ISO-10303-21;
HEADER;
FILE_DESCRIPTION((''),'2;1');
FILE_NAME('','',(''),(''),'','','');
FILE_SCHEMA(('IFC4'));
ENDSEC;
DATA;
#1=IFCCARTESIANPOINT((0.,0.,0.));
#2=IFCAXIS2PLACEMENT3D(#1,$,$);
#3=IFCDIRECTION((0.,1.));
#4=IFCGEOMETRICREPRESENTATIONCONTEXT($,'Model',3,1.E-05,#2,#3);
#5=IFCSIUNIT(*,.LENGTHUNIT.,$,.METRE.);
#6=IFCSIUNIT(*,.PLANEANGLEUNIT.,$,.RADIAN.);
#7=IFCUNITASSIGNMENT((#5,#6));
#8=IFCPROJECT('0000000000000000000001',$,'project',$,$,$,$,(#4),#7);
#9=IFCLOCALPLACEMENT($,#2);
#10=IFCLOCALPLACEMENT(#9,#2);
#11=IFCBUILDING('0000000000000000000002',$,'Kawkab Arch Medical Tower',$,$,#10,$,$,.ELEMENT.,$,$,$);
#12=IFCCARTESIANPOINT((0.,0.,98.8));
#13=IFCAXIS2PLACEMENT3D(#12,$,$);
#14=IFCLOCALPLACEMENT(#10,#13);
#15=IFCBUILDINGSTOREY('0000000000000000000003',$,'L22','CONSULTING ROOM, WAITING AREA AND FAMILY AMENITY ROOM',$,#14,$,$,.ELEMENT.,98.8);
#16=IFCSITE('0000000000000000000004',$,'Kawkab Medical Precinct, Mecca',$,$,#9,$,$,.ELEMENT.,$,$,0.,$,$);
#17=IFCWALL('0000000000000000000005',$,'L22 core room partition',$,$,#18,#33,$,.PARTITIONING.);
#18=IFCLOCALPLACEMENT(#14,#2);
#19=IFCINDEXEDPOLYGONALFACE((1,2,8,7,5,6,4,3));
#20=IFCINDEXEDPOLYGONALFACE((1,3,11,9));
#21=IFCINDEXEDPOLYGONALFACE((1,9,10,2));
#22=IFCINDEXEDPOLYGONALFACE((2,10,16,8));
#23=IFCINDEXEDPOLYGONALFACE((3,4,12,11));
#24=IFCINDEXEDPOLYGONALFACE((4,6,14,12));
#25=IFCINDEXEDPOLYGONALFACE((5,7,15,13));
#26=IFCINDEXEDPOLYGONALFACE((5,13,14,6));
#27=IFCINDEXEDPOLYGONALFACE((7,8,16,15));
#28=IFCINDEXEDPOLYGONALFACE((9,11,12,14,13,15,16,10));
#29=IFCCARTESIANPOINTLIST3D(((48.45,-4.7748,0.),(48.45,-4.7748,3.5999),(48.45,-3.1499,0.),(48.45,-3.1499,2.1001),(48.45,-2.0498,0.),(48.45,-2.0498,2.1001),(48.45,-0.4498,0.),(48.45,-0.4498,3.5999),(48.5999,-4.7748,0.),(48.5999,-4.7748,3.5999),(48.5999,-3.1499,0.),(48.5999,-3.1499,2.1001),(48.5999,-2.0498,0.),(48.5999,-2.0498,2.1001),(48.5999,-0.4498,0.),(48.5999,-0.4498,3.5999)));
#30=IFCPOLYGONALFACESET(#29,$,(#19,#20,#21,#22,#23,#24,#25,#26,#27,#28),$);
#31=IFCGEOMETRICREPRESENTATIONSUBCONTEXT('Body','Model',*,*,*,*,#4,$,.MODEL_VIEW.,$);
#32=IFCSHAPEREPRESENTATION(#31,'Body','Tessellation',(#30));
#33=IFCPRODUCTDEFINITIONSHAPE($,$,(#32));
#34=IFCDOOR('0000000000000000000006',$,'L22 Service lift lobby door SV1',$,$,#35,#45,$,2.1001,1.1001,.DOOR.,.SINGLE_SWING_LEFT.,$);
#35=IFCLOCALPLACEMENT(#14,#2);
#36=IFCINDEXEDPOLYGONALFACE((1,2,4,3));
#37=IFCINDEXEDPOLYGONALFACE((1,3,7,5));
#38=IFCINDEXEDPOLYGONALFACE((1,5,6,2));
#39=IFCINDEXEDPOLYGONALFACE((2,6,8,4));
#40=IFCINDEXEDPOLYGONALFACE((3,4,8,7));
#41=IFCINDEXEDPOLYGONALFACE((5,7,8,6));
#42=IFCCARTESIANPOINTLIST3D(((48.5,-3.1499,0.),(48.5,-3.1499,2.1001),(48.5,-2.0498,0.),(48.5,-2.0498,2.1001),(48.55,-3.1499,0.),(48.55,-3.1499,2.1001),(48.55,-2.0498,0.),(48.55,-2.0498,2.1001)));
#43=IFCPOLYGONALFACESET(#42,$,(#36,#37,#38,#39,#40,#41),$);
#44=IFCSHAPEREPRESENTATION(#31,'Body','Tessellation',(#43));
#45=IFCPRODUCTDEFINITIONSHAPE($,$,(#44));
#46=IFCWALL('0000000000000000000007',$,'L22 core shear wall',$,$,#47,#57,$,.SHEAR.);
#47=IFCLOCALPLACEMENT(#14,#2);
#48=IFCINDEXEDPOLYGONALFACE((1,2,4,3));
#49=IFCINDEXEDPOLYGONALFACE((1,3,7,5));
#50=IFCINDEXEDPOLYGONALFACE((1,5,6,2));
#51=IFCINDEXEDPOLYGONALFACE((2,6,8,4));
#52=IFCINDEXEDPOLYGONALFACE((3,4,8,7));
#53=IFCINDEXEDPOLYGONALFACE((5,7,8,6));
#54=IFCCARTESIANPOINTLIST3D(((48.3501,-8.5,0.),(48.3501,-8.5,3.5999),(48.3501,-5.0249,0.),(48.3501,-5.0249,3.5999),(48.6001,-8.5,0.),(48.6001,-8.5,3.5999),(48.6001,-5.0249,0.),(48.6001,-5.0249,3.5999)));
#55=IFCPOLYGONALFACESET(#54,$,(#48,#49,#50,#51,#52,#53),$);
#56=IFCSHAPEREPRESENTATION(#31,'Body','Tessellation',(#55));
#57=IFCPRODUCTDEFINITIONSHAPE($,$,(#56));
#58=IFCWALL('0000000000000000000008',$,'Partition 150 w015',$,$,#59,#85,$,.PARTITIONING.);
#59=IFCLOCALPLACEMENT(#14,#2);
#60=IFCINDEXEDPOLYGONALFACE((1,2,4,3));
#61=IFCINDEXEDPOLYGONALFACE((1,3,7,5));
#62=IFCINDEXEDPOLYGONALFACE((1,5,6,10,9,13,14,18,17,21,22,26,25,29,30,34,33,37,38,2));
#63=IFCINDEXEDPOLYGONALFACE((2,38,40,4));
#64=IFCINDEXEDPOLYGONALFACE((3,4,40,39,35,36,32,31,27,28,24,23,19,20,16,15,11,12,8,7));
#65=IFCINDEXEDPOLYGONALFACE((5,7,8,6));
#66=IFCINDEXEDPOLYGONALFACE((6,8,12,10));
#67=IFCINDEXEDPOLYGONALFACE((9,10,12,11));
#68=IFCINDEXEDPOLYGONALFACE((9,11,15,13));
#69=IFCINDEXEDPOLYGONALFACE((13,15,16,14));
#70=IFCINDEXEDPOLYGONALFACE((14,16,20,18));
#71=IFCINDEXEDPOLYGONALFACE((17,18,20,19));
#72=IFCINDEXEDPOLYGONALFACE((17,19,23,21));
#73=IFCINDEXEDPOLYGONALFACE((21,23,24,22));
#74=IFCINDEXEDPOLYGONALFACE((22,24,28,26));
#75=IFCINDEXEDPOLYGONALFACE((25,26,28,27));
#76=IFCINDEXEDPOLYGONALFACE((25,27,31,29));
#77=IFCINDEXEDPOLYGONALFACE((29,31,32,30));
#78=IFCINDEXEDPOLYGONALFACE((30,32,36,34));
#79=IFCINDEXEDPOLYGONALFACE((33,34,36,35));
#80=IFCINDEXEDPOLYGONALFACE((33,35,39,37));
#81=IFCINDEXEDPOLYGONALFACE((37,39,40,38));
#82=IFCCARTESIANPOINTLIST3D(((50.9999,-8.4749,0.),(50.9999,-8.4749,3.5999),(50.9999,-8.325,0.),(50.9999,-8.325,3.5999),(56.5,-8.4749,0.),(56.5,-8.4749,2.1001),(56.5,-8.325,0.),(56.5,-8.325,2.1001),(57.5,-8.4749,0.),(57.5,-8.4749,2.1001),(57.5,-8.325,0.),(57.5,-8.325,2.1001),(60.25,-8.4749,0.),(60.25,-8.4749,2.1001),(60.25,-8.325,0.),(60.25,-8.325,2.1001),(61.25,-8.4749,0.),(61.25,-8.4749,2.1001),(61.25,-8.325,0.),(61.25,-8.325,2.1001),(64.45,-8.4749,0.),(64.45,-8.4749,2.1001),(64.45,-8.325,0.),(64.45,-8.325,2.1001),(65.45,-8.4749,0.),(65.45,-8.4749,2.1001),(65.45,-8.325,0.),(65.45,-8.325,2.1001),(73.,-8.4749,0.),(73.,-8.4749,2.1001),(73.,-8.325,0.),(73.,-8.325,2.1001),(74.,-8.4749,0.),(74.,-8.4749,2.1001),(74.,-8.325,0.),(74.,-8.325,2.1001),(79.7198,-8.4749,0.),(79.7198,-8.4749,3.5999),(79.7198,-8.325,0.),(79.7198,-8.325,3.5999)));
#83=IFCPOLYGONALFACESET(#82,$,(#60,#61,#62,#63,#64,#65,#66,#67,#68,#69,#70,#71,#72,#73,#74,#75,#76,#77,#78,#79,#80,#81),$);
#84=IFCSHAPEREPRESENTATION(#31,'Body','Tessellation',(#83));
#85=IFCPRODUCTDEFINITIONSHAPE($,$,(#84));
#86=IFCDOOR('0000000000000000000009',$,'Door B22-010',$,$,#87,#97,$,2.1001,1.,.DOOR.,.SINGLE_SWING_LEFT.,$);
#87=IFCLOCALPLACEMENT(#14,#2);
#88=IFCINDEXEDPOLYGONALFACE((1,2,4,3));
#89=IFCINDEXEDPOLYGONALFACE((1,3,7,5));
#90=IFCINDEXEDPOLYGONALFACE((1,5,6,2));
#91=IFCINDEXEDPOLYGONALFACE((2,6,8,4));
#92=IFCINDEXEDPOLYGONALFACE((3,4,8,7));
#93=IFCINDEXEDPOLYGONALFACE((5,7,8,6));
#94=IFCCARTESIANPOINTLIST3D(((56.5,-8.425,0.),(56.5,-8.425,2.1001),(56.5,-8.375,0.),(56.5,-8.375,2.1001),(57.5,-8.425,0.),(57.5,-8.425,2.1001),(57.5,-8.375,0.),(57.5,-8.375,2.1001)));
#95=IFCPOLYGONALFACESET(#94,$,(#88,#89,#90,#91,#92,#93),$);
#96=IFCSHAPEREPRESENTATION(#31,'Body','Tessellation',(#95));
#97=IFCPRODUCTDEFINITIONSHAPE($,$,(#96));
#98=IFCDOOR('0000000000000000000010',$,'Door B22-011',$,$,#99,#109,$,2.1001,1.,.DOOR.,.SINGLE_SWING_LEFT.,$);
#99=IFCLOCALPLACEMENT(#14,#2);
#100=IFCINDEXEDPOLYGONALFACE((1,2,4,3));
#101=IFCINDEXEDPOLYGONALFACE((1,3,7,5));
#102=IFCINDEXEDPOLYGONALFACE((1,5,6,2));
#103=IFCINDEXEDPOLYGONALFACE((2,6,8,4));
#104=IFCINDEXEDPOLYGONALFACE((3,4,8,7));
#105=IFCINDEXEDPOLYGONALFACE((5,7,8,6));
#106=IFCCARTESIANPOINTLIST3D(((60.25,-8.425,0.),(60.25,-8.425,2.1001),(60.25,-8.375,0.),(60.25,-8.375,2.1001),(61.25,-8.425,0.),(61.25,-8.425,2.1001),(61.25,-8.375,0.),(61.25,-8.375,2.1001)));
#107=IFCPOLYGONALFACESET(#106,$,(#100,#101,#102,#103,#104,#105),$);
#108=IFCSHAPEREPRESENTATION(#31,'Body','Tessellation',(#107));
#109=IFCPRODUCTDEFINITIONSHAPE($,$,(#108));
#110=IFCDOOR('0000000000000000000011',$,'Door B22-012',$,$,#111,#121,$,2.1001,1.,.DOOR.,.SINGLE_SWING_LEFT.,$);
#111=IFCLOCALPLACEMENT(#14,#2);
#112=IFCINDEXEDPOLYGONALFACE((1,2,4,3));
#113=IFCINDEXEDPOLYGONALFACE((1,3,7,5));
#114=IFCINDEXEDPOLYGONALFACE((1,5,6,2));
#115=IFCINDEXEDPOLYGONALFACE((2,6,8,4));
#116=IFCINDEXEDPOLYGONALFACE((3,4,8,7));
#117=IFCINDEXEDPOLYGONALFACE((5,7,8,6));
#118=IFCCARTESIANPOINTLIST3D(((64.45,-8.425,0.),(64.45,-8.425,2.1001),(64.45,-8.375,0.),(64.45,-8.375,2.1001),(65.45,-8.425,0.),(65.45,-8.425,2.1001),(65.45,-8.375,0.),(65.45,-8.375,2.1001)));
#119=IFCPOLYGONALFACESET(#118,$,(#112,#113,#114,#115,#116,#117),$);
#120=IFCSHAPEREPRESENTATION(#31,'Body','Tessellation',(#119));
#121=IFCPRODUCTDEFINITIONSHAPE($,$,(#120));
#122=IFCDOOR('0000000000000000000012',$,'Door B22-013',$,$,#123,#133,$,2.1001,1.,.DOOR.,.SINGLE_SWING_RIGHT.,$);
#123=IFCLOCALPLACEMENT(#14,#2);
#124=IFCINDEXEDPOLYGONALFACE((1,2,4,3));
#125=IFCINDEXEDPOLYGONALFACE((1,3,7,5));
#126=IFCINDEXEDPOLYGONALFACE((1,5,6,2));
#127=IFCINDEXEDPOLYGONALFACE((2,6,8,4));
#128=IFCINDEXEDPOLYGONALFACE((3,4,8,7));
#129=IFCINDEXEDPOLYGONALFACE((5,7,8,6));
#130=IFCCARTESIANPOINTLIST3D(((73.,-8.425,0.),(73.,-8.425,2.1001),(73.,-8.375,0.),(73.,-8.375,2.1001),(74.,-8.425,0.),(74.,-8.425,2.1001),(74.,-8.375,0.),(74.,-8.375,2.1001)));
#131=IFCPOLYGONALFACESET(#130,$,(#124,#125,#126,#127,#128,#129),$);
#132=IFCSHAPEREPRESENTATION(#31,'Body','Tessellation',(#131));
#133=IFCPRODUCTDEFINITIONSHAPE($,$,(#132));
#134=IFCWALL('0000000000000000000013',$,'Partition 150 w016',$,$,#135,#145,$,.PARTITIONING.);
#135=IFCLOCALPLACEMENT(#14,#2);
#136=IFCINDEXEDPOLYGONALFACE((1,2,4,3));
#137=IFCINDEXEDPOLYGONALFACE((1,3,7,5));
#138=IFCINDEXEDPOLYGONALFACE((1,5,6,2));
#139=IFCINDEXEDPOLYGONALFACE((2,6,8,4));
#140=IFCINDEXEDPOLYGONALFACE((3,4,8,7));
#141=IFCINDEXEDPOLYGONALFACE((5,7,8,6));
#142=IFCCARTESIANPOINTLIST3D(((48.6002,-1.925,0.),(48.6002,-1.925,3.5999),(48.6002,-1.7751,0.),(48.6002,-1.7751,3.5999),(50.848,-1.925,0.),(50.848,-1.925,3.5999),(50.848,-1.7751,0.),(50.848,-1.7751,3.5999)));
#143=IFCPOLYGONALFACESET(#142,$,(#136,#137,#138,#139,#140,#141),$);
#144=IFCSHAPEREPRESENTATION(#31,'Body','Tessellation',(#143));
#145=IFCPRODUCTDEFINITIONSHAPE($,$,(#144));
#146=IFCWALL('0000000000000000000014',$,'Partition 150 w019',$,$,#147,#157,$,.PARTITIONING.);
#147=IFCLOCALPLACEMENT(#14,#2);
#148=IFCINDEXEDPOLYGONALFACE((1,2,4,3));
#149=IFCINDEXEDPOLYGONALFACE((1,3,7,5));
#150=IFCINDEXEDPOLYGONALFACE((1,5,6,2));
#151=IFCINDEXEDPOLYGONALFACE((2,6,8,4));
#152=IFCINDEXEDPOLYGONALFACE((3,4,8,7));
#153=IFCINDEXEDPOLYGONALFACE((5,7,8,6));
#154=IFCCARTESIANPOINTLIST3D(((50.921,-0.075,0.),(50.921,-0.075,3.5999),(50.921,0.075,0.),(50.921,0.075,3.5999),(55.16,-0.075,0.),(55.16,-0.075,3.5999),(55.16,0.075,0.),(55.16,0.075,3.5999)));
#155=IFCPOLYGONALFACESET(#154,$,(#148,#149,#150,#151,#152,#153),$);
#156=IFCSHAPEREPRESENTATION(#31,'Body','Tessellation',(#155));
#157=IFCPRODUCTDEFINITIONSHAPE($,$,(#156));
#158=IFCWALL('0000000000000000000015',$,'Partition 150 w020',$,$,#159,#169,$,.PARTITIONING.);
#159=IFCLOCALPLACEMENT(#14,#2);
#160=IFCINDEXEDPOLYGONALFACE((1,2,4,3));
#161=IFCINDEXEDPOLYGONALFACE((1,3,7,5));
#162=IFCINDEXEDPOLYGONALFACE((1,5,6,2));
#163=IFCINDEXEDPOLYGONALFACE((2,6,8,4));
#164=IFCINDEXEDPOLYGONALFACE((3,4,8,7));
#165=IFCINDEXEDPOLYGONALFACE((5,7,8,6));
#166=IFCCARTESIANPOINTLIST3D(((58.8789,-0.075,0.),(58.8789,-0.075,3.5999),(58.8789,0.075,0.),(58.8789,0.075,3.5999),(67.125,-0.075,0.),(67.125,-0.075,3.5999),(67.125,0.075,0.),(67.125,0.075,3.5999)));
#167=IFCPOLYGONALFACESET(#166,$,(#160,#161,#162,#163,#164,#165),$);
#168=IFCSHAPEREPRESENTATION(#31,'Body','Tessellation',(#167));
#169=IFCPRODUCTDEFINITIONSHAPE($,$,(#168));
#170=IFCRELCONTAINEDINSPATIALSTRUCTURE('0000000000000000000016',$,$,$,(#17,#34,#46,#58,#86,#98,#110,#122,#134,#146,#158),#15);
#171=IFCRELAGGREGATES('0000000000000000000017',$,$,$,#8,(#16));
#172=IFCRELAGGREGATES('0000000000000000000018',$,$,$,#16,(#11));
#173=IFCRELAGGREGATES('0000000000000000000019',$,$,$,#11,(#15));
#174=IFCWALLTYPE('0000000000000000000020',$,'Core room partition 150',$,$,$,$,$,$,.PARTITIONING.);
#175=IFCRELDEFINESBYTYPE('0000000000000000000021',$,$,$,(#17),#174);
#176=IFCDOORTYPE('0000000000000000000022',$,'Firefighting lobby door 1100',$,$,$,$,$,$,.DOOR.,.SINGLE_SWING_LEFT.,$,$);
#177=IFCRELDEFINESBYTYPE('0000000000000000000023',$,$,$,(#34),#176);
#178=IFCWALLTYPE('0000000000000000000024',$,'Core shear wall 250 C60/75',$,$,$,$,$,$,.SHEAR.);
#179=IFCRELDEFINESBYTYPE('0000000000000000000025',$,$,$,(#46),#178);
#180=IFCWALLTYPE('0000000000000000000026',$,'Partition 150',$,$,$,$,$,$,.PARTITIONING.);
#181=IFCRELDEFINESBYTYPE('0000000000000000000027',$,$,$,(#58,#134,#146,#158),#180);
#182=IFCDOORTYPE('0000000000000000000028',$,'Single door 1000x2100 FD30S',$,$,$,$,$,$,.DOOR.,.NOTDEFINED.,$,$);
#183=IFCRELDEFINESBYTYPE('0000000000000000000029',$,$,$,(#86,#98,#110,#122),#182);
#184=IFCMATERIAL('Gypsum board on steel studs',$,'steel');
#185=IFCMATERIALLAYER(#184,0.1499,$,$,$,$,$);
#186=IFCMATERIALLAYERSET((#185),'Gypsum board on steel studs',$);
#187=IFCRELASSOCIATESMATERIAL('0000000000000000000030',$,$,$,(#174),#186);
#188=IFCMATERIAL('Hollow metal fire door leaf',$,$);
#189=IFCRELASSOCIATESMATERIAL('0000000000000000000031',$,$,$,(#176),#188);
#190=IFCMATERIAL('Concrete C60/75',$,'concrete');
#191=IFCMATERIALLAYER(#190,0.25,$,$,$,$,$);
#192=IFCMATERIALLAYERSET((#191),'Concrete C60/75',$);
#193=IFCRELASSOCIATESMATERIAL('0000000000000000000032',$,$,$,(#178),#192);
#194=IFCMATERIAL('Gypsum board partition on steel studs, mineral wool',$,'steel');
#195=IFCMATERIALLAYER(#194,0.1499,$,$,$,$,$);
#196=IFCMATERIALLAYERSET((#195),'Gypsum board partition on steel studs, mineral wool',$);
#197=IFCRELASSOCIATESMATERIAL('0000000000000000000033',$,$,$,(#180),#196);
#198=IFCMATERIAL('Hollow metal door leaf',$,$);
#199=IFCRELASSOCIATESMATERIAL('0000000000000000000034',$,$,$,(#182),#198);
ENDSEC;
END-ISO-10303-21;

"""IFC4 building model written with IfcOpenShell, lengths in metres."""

from ifc_helpers import new_model, si_unit, direction, frame, frame_2d, origin, place, context, subcontext, project, spatial, rectangle, extrude, material, layer, layer_set, type_object, element, fill, save


model = new_model("IFC4")

# Units and contexts
model_context = context("Model", 3, precision=1e-05, world=origin(), true_north=direction((0.0, 1.0)))
body_context = subcontext(model_context, "Body", "Model", "MODEL_VIEW")
ifc_project = project(units=[si_unit("LENGTHUNIT", "METRE"), si_unit("PLANEANGLEUNIT", "RADIAN")], contexts=[model_context])

# Site, building, storey
site_placement = place(None, origin())
site = spatial("IfcSite", under=ifc_project, at=site_placement, Name="Kawkab Medical Precinct, Mecca", CompositionType="ELEMENT", RefElevation=0.0)
building_placement = place(site_placement, origin())
building = spatial("IfcBuilding", under=site, at=building_placement, Name="Kawkab Arch Medical Tower", CompositionType="ELEMENT")
storey_placement = place(building_placement, frame((0.0, 0.0, 98.8)))
storey = spatial("IfcBuildingStorey", under=building, at=storey_placement, Name="L22", Description="CONSULTING ROOM, WAITING AREA AND FAMILY AMENITY ROOM", CompositionType="ELEMENT", Elevation=98.8)

# Wall, opening, door
ifc_material_1 = material(Name="Gypsum board on steel studs", Category="steel")
ifc_layer_1 = layer(ifc_material_1, 0.1499)
ifc_layer_set_1 = layer_set([ifc_layer_1], Name="Gypsum board on steel studs")
wall_type_1 = type_object("IfcWallType", Name="Core room partition 150", PredefinedType="PARTITIONING", material=ifc_layer_set_1)
wall_1_placement = place(storey_placement, frame((48.5249, -4.7749, 0.0), z_axis=(0.0, 0.0, 1.0), x_axis=(0.0, 1.0, 0.0)))
wall_1 = element("IfcWall", 1, at=wall_1_placement, inside=storey, type_object=wall_type_1, Name="L22 core room partition", PredefinedType="PARTITIONING", context=body_context, shape_type="SweptSolid", body=[
    extrude(rectangle(XDim=4.325, YDim=0.1499, at=frame_2d((2.1626, 0.0))), origin(), (0.0, 0.0, 1.0), 3.5999),
])
opening_1_placement = place(wall_1_placement, frame((1.625, 0.0, 0.0)))
opening_1 = element("IfcOpeningElement", 2, at=opening_1_placement, cuts=wall_1, PredefinedType="OPENING", context=body_context, shape_type="SweptSolid", body=[
    extrude(rectangle(XDim=1.1001, YDim=2.1001, at=frame_2d((0.55, 1.05))), frame((0.0, 0.085, 0.0), z_axis=(0.0, -1.0, 0.0), x_axis=(1.0, 0.0, 0.0)), (0.0, 0.0, 1.0), 0.1699),
])
ifc_material_2 = material(Name="Hollow metal fire door leaf")
door_type_1 = type_object("IfcDoorType", Name="Firefighting lobby door 1100", OperationType="SINGLE_SWING_LEFT", PredefinedType="DOOR", material=ifc_material_2)
door_1_placement = place(opening_1_placement, origin())
door_1 = element("IfcDoor", 3, at=door_1_placement, inside=storey, type_object=door_type_1, Name="L22 Service lift lobby door SV1", OperationType="SINGLE_SWING_LEFT", OverallHeight=2.1001, OverallWidth=1.1001, PredefinedType="DOOR", context=body_context, shape_type="SweptSolid", body=[
    extrude(rectangle(XDim=1.1001, YDim=2.1001, at=frame_2d((0.55, 1.05))), frame((0.0, 0.0249, 0.0), z_axis=(0.0, -1.0, 0.0), x_axis=(1.0, 0.0, 0.0)), (0.0, 0.0, 1.0), 0.05),
])
fill(opening_1, door_1)

# Wall
ifc_material_3 = material(Name="Concrete C60/75", Category="concrete")
ifc_layer_2 = layer(ifc_material_3, 0.25)
ifc_layer_set_2 = layer_set([ifc_layer_2], Name="Concrete C60/75")
wall_type_2 = type_object("IfcWallType", Name="Core shear wall 250 C60/75", PredefinedType="SHEAR", material=ifc_layer_set_2)
wall_2_placement = place(storey_placement, frame((48.4751, -8.5, 0.0), z_axis=(0.0, 0.0, 1.0), x_axis=(0.0, 1.0, 0.0)))
element("IfcWall", 4, at=wall_2_placement, inside=storey, type_object=wall_type_2, Name="L22 core shear wall", PredefinedType="SHEAR", context=body_context, shape_type="SweptSolid", body=[
    extrude(rectangle(XDim=3.4751, YDim=0.25, at=frame_2d((1.7375, 0.0))), origin(), (0.0, 0.0, 1.0), 3.5999),
])

# Wall, openings, doors
ifc_material_4 = material(Name="Gypsum board partition on steel studs, mineral wool", Category="steel")
ifc_layer_3 = layer(ifc_material_4, 0.1499)
ifc_layer_set_3 = layer_set([ifc_layer_3], Name="Gypsum board partition on steel studs, mineral wool")
wall_type_3 = type_object("IfcWallType", Name="Partition 150", PredefinedType="PARTITIONING", material=ifc_layer_set_3)
wall_3_placement = place(storey_placement, frame((51.0, -8.3999, 0.0), z_axis=(0.0, 0.0, 1.0), x_axis=(1.0, 0.0, 0.0)))
wall_3 = element("IfcWall", 5, at=wall_3_placement, inside=storey, type_object=wall_type_3, Name="Partition 150 w015", PredefinedType="PARTITIONING", context=body_context, shape_type="SweptSolid", body=[
    extrude(rectangle(XDim=28.72, YDim=0.1499, at=frame_2d((14.3599, 0.0))), origin(), (0.0, 0.0, 1.0), 3.5999),
])
opening_2_placement = place(wall_3_placement, frame((5.5, 0.0, 0.0)))
opening_2 = element("IfcOpeningElement", 6, at=opening_2_placement, cuts=wall_3, PredefinedType="OPENING", context=body_context, shape_type="SweptSolid", body=[
    extrude(rectangle(XDim=1.0, YDim=2.1001, at=frame_2d((0.5, 1.05))), frame((0.0, 0.085, 0.0), z_axis=(0.0, -1.0, 0.0), x_axis=(1.0, 0.0, 0.0)), (0.0, 0.0, 1.0), 0.1699),
])
opening_3_placement = place(wall_3_placement, frame((9.25, 0.0, 0.0)))
opening_3 = element("IfcOpeningElement", 7, at=opening_3_placement, cuts=wall_3, PredefinedType="OPENING", context=body_context, shape_type="SweptSolid", body=[
    extrude(rectangle(XDim=1.0, YDim=2.1001, at=frame_2d((0.5, 1.05))), frame((0.0, 0.085, 0.0), z_axis=(0.0, -1.0, 0.0), x_axis=(1.0, 0.0, 0.0)), (0.0, 0.0, 1.0), 0.1699),
])
opening_4_placement = place(wall_3_placement, frame((13.45, 0.0, 0.0)))
opening_4 = element("IfcOpeningElement", 8, at=opening_4_placement, cuts=wall_3, PredefinedType="OPENING", context=body_context, shape_type="SweptSolid", body=[
    extrude(rectangle(XDim=1.0, YDim=2.1001, at=frame_2d((0.5, 1.05))), frame((0.0, 0.085, 0.0), z_axis=(0.0, -1.0, 0.0), x_axis=(1.0, 0.0, 0.0)), (0.0, 0.0, 1.0), 0.1699),
])
opening_5_placement = place(wall_3_placement, frame((22.0, 0.0, 0.0)))
opening_5 = element("IfcOpeningElement", 9, at=opening_5_placement, cuts=wall_3, PredefinedType="OPENING", context=body_context, shape_type="SweptSolid", body=[
    extrude(rectangle(XDim=1.0, YDim=2.1001, at=frame_2d((0.5, 1.05))), frame((0.0, 0.085, 0.0), z_axis=(0.0, -1.0, 0.0), x_axis=(1.0, 0.0, 0.0)), (0.0, 0.0, 1.0), 0.1699),
])
ifc_material_5 = material(Name="Hollow metal door leaf")
door_type_2 = type_object("IfcDoorType", Name="Single door 1000x2100 FD30S", OperationType="NOTDEFINED", PredefinedType="DOOR", material=ifc_material_5)
door_2_placement = place(opening_2_placement, origin())
door_2 = element("IfcDoor", 10, at=door_2_placement, inside=storey, type_object=door_type_2, Name="Door B22-010", OperationType="SINGLE_SWING_LEFT", OverallHeight=2.1001, OverallWidth=1.0, PredefinedType="DOOR", context=body_context, shape_type="SweptSolid", body=[
    extrude(rectangle(XDim=1.0, YDim=2.1001, at=frame_2d((0.5, 1.05))), frame((0.0, 0.0249, 0.0), z_axis=(0.0, -1.0, 0.0), x_axis=(1.0, 0.0, 0.0)), (0.0, 0.0, 1.0), 0.05),
])
fill(opening_2, door_2)
door_3_placement = place(opening_3_placement, origin())
door_3 = element("IfcDoor", 11, at=door_3_placement, inside=storey, type_object=door_type_2, Name="Door B22-011", OperationType="SINGLE_SWING_LEFT", OverallHeight=2.1001, OverallWidth=1.0, PredefinedType="DOOR", context=body_context, shape_type="SweptSolid", body=[
    extrude(rectangle(XDim=1.0, YDim=2.1001, at=frame_2d((0.5, 1.05))), frame((0.0, 0.0249, 0.0), z_axis=(0.0, -1.0, 0.0), x_axis=(1.0, 0.0, 0.0)), (0.0, 0.0, 1.0), 0.05),
])
fill(opening_3, door_3)
door_4_placement = place(opening_4_placement, origin())
door_4 = element("IfcDoor", 12, at=door_4_placement, inside=storey, type_object=door_type_2, Name="Door B22-012", OperationType="SINGLE_SWING_LEFT", OverallHeight=2.1001, OverallWidth=1.0, PredefinedType="DOOR", context=body_context, shape_type="SweptSolid", body=[
    extrude(rectangle(XDim=1.0, YDim=2.1001, at=frame_2d((0.5, 1.05))), frame((0.0, 0.0249, 0.0), z_axis=(0.0, -1.0, 0.0), x_axis=(1.0, 0.0, 0.0)), (0.0, 0.0, 1.0), 0.05),
])
fill(opening_4, door_4)
door_5_placement = place(opening_5_placement, origin())
door_5 = element("IfcDoor", 13, at=door_5_placement, inside=storey, type_object=door_type_2, Name="Door B22-013", OperationType="SINGLE_SWING_RIGHT", OverallHeight=2.1001, OverallWidth=1.0, PredefinedType="DOOR", context=body_context, shape_type="SweptSolid", body=[
    extrude(rectangle(XDim=1.0, YDim=2.1001, at=frame_2d((0.5, 1.05))), frame((0.0, 0.0249, 0.0), z_axis=(0.0, -1.0, 0.0), x_axis=(1.0, 0.0, 0.0)), (0.0, 0.0, 1.0), 0.05),
])
fill(opening_5, door_5)

# Walls
wall_4_placement = place(storey_placement, frame((48.6001, -1.8501, 0.0), z_axis=(0.0, 0.0, 1.0), x_axis=(1.0, 0.0, 0.0)))
element("IfcWall", 14, at=wall_4_placement, inside=storey, type_object=wall_type_3, Name="Partition 150 w016", PredefinedType="PARTITIONING", context=body_context, shape_type="SweptSolid", body=[
    extrude(rectangle(XDim=2.2478, YDim=0.1499, at=frame_2d((1.124, 0.0))), origin(), (0.0, 0.0, 1.0), 3.5999),
])
wall_5_placement = place(storey_placement, frame((50.9209, 0.0, 0.0), z_axis=(0.0, 0.0, 1.0), x_axis=(1.0, 0.0, 0.0)))
element("IfcWall", 15, at=wall_5_placement, inside=storey, type_object=wall_type_3, Name="Partition 150 w019", PredefinedType="PARTITIONING", context=body_context, shape_type="SweptSolid", body=[
    extrude(rectangle(XDim=4.239, YDim=0.1499, at=frame_2d((2.1196, 0.0))), origin(), (0.0, 0.0, 1.0), 3.5999),
])
wall_6_placement = place(storey_placement, frame((58.8789, 0.0, 0.0), z_axis=(0.0, 0.0, 1.0), x_axis=(1.0, 0.0, 0.0)))
element("IfcWall", 16, at=wall_6_placement, inside=storey, type_object=wall_type_3, Name="Partition 150 w020", PredefinedType="PARTITIONING", context=body_context, shape_type="SweptSolid", body=[
    extrude(rectangle(XDim=8.2461, YDim=0.1499, at=frame_2d((4.123, 0.0))), origin(), (0.0, 0.0, 1.0), 3.5999),
])

save(model, "model.ifc")
